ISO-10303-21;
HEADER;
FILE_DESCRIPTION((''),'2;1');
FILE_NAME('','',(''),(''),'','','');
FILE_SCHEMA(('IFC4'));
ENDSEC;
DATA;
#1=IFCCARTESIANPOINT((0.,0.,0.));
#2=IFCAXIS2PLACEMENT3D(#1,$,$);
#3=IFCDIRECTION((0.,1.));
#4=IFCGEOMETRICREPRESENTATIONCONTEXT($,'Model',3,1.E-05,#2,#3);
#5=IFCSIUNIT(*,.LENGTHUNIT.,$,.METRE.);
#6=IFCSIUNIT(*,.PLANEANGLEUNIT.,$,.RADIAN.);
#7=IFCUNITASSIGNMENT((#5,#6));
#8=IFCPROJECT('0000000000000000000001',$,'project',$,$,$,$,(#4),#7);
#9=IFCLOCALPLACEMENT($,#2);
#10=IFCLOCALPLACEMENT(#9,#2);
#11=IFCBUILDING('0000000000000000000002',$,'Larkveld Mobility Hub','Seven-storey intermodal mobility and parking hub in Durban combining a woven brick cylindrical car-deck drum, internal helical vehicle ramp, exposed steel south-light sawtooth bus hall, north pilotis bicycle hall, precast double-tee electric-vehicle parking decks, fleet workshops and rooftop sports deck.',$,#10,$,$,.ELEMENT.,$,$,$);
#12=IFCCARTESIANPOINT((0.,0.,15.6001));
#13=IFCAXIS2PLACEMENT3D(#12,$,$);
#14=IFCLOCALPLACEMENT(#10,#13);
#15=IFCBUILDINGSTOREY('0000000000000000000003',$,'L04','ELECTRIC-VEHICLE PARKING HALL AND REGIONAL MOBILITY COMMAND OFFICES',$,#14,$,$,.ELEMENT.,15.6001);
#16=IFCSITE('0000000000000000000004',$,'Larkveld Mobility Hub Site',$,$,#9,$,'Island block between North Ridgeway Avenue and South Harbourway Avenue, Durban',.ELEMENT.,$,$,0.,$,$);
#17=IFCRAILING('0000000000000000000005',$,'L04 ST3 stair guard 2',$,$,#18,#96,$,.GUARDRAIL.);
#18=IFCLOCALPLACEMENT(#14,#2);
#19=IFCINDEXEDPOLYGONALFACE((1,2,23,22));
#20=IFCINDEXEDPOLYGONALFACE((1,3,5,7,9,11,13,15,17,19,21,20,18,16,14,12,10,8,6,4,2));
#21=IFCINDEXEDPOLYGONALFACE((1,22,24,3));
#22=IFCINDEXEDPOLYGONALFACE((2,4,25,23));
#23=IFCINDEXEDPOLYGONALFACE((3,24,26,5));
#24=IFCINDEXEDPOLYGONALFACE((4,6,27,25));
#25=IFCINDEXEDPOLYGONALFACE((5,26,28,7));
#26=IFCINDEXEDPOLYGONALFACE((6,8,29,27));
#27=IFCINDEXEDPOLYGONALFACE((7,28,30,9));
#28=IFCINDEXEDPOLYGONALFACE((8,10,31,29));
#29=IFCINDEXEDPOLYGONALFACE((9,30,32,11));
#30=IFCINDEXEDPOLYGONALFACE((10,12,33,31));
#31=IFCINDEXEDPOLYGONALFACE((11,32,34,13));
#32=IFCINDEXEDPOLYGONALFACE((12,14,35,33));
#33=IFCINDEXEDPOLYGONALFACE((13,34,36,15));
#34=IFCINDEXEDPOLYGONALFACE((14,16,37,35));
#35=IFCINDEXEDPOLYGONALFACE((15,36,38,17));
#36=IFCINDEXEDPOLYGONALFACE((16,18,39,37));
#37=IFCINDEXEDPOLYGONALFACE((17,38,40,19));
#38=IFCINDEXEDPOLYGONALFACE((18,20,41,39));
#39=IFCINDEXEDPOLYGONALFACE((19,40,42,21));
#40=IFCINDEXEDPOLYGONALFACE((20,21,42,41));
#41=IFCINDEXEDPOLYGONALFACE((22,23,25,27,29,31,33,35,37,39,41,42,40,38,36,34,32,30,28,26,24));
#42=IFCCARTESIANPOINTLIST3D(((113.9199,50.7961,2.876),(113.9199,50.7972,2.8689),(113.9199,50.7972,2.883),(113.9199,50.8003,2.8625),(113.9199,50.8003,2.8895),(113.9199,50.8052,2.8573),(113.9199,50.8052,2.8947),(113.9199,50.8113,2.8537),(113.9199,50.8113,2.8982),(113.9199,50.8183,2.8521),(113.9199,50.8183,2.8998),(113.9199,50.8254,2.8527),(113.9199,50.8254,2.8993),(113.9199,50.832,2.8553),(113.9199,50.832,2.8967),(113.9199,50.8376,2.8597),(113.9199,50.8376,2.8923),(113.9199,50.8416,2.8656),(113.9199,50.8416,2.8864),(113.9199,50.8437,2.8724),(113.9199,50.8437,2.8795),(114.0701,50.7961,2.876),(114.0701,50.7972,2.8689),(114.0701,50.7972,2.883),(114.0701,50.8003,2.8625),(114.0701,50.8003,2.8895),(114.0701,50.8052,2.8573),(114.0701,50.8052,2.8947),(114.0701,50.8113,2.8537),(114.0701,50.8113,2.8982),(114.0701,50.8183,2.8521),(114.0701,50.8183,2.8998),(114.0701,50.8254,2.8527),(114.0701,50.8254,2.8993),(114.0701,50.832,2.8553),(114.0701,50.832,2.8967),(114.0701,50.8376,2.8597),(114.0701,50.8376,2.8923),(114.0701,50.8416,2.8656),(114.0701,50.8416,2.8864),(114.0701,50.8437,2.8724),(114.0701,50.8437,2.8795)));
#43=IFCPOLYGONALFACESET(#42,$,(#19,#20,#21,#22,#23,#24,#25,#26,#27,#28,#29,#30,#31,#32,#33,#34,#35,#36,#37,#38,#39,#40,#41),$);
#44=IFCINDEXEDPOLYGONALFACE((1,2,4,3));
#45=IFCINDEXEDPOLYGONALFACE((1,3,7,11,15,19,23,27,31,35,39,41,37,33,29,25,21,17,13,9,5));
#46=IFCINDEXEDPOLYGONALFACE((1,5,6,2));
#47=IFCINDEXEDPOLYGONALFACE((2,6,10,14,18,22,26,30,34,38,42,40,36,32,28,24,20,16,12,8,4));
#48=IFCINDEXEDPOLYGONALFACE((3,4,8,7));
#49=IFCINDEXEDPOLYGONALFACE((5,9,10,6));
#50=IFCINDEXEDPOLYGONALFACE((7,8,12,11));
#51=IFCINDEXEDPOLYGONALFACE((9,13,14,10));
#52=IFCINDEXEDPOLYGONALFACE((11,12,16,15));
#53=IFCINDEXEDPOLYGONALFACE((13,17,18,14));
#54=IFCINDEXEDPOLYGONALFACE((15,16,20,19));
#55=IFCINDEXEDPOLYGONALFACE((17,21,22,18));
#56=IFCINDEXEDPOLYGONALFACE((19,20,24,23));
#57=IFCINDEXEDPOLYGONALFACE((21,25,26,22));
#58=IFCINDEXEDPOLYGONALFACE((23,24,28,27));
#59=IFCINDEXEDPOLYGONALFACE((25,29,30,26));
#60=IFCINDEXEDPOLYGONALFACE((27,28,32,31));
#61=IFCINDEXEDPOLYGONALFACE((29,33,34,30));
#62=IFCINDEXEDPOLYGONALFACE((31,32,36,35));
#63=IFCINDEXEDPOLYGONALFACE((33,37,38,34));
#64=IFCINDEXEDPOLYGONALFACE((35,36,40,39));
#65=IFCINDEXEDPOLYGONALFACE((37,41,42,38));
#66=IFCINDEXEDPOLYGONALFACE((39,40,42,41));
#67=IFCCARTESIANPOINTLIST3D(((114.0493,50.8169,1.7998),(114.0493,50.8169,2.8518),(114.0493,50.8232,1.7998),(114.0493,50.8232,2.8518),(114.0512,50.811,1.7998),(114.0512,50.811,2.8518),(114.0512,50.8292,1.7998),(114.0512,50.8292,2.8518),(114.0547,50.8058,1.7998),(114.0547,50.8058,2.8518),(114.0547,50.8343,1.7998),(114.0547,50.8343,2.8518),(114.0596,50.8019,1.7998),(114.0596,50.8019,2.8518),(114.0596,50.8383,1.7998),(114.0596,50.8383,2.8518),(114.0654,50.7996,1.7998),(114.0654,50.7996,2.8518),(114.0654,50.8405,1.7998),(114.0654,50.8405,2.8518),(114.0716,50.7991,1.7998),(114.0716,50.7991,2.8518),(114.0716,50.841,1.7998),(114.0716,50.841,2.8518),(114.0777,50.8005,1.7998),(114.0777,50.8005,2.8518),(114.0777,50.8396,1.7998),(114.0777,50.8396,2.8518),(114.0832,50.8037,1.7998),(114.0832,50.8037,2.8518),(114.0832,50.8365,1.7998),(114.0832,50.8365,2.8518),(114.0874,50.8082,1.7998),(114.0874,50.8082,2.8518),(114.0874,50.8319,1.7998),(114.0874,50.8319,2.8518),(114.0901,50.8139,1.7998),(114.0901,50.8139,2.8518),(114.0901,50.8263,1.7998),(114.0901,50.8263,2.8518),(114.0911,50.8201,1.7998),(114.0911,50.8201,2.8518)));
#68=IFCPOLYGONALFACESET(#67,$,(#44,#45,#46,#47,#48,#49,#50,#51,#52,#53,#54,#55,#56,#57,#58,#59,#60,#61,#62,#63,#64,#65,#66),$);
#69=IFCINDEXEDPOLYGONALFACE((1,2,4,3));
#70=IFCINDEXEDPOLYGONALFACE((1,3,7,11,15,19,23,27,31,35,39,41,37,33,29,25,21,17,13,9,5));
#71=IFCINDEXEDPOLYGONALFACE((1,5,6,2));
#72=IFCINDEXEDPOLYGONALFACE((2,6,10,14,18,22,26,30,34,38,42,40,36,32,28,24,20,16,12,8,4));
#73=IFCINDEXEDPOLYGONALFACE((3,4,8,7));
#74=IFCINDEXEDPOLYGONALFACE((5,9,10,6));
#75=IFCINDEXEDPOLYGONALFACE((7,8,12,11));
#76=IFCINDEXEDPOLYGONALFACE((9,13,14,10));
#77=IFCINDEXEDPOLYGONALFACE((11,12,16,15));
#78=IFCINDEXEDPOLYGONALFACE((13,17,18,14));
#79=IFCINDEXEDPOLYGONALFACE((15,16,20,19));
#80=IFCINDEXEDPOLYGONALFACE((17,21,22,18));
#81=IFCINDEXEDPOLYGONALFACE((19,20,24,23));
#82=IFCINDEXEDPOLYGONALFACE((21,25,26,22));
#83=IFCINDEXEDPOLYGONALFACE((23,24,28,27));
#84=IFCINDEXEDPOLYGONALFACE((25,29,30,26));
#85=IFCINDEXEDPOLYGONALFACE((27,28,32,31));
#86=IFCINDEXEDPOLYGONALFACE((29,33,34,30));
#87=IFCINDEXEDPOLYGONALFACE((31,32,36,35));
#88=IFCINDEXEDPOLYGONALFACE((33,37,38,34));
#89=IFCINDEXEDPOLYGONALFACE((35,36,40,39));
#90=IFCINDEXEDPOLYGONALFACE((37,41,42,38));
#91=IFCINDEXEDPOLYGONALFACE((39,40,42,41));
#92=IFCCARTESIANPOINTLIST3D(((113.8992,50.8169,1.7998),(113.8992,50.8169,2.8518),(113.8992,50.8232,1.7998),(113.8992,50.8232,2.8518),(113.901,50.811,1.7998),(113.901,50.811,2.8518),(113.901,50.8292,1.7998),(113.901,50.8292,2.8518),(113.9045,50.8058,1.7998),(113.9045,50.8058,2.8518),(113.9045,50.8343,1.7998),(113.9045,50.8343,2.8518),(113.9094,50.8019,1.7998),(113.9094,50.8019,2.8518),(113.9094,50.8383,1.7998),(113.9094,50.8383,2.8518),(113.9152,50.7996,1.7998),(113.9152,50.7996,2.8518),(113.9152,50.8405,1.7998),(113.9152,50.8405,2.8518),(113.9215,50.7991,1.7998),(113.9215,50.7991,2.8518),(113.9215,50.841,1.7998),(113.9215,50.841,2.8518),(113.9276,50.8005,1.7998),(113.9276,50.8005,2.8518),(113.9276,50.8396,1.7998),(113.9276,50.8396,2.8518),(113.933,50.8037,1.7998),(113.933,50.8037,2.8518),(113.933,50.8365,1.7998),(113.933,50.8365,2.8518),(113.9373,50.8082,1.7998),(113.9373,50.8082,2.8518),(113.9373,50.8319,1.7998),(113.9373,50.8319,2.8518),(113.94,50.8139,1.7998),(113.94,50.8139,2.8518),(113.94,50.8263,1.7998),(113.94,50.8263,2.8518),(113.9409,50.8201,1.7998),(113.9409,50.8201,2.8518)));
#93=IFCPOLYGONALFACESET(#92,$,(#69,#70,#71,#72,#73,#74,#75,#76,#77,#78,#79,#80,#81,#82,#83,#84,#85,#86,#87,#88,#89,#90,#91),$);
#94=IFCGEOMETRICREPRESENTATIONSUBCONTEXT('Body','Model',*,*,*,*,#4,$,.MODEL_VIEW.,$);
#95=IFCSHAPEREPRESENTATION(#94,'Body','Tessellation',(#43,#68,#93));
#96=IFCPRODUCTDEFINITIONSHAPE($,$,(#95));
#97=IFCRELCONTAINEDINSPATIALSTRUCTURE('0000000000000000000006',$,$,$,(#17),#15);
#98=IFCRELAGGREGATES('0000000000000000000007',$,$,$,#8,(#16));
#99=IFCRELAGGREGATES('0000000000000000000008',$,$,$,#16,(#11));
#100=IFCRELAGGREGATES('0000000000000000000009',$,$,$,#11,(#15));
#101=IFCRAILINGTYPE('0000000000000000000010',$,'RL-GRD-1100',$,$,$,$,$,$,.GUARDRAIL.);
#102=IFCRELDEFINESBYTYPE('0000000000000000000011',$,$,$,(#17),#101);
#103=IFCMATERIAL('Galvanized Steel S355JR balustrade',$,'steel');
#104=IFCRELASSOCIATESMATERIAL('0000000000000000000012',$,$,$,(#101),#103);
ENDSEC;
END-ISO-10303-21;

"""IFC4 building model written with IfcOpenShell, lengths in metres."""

from ifc_helpers import new_model, si_unit, direction, frame, origin, origin_2d, place, context, subcontext, project, spatial, circle, extrude, material, type_object, element, save


model = new_model("IFC4")

# Units and contexts
model_context = context("Model", 3, precision=1e-05, world=origin(), true_north=direction((0.0, 1.0)))
body_context = subcontext(model_context, "Body", "Model", "MODEL_VIEW")
ifc_project = project(units=[si_unit("LENGTHUNIT", "METRE"), si_unit("PLANEANGLEUNIT", "RADIAN")], contexts=[model_context])

# Site, building, storey
site_placement = place(None, origin())
site = spatial("IfcSite", under=ifc_project, at=site_placement, Name="Larkveld Mobility Hub Site", LongName="Island block between North Ridgeway Avenue and South Harbourway Avenue, Durban", CompositionType="ELEMENT", RefElevation=0.0)
building_placement = place(site_placement, origin())
building = spatial("IfcBuilding", under=site, at=building_placement, Name="Larkveld Mobility Hub", Description="Seven-storey intermodal mobility and parking hub in Durban combining a woven brick cylindrical car-deck drum, internal helical vehicle ramp, exposed steel south-light sawtooth bus hall, north pilotis bicycle hall, precast double-tee electric-vehicle parking decks, fleet workshops and rooftop sports deck.", CompositionType="ELEMENT")
storey_placement = place(building_placement, frame((0.0, 0.0, 15.6001)))
storey = spatial("IfcBuildingStorey", under=building, at=storey_placement, Name="L04", Description="ELECTRIC-VEHICLE PARKING HALL AND REGIONAL MOBILITY COMMAND OFFICES", CompositionType="ELEMENT", Elevation=15.6001)

# Railing
ifc_material_1 = material(Name="Galvanized Steel S355JR balustrade", Category="steel")
railing_type_1 = type_object("IfcRailingType", Name="RL-GRD-1100", PredefinedType="GUARDRAIL", material=ifc_material_1)
railing_1_placement = place(storey_placement, frame((114.0701, 50.8201, 1.7998)))
element("IfcRailing", 1, at=railing_1_placement, inside=storey, type_object=railing_type_1, Name="L04 ST3 stair guard 2", PredefinedType="GUARDRAIL", context=body_context, shape_type="SweptSolid", body=[
    extrude(circle(Radius=0.0239, at=origin_2d()), frame((0.0, 0.0, 1.0762), z_axis=(-1.0, 0.0, 0.0), x_axis=(0.0, -1.0, 0.0)), (0.0, 0.0, 1.0), 0.1501),
    extrude(circle(Radius=0.021, at=origin_2d()), origin(), (0.0, 0.0, 1.0), 1.052),
    extrude(circle(Radius=0.021, at=origin_2d()), frame((-0.1501, 0.0, 0.0)), (0.0, 0.0, 1.0), 1.052),
])

save(model, "model.ifc")
